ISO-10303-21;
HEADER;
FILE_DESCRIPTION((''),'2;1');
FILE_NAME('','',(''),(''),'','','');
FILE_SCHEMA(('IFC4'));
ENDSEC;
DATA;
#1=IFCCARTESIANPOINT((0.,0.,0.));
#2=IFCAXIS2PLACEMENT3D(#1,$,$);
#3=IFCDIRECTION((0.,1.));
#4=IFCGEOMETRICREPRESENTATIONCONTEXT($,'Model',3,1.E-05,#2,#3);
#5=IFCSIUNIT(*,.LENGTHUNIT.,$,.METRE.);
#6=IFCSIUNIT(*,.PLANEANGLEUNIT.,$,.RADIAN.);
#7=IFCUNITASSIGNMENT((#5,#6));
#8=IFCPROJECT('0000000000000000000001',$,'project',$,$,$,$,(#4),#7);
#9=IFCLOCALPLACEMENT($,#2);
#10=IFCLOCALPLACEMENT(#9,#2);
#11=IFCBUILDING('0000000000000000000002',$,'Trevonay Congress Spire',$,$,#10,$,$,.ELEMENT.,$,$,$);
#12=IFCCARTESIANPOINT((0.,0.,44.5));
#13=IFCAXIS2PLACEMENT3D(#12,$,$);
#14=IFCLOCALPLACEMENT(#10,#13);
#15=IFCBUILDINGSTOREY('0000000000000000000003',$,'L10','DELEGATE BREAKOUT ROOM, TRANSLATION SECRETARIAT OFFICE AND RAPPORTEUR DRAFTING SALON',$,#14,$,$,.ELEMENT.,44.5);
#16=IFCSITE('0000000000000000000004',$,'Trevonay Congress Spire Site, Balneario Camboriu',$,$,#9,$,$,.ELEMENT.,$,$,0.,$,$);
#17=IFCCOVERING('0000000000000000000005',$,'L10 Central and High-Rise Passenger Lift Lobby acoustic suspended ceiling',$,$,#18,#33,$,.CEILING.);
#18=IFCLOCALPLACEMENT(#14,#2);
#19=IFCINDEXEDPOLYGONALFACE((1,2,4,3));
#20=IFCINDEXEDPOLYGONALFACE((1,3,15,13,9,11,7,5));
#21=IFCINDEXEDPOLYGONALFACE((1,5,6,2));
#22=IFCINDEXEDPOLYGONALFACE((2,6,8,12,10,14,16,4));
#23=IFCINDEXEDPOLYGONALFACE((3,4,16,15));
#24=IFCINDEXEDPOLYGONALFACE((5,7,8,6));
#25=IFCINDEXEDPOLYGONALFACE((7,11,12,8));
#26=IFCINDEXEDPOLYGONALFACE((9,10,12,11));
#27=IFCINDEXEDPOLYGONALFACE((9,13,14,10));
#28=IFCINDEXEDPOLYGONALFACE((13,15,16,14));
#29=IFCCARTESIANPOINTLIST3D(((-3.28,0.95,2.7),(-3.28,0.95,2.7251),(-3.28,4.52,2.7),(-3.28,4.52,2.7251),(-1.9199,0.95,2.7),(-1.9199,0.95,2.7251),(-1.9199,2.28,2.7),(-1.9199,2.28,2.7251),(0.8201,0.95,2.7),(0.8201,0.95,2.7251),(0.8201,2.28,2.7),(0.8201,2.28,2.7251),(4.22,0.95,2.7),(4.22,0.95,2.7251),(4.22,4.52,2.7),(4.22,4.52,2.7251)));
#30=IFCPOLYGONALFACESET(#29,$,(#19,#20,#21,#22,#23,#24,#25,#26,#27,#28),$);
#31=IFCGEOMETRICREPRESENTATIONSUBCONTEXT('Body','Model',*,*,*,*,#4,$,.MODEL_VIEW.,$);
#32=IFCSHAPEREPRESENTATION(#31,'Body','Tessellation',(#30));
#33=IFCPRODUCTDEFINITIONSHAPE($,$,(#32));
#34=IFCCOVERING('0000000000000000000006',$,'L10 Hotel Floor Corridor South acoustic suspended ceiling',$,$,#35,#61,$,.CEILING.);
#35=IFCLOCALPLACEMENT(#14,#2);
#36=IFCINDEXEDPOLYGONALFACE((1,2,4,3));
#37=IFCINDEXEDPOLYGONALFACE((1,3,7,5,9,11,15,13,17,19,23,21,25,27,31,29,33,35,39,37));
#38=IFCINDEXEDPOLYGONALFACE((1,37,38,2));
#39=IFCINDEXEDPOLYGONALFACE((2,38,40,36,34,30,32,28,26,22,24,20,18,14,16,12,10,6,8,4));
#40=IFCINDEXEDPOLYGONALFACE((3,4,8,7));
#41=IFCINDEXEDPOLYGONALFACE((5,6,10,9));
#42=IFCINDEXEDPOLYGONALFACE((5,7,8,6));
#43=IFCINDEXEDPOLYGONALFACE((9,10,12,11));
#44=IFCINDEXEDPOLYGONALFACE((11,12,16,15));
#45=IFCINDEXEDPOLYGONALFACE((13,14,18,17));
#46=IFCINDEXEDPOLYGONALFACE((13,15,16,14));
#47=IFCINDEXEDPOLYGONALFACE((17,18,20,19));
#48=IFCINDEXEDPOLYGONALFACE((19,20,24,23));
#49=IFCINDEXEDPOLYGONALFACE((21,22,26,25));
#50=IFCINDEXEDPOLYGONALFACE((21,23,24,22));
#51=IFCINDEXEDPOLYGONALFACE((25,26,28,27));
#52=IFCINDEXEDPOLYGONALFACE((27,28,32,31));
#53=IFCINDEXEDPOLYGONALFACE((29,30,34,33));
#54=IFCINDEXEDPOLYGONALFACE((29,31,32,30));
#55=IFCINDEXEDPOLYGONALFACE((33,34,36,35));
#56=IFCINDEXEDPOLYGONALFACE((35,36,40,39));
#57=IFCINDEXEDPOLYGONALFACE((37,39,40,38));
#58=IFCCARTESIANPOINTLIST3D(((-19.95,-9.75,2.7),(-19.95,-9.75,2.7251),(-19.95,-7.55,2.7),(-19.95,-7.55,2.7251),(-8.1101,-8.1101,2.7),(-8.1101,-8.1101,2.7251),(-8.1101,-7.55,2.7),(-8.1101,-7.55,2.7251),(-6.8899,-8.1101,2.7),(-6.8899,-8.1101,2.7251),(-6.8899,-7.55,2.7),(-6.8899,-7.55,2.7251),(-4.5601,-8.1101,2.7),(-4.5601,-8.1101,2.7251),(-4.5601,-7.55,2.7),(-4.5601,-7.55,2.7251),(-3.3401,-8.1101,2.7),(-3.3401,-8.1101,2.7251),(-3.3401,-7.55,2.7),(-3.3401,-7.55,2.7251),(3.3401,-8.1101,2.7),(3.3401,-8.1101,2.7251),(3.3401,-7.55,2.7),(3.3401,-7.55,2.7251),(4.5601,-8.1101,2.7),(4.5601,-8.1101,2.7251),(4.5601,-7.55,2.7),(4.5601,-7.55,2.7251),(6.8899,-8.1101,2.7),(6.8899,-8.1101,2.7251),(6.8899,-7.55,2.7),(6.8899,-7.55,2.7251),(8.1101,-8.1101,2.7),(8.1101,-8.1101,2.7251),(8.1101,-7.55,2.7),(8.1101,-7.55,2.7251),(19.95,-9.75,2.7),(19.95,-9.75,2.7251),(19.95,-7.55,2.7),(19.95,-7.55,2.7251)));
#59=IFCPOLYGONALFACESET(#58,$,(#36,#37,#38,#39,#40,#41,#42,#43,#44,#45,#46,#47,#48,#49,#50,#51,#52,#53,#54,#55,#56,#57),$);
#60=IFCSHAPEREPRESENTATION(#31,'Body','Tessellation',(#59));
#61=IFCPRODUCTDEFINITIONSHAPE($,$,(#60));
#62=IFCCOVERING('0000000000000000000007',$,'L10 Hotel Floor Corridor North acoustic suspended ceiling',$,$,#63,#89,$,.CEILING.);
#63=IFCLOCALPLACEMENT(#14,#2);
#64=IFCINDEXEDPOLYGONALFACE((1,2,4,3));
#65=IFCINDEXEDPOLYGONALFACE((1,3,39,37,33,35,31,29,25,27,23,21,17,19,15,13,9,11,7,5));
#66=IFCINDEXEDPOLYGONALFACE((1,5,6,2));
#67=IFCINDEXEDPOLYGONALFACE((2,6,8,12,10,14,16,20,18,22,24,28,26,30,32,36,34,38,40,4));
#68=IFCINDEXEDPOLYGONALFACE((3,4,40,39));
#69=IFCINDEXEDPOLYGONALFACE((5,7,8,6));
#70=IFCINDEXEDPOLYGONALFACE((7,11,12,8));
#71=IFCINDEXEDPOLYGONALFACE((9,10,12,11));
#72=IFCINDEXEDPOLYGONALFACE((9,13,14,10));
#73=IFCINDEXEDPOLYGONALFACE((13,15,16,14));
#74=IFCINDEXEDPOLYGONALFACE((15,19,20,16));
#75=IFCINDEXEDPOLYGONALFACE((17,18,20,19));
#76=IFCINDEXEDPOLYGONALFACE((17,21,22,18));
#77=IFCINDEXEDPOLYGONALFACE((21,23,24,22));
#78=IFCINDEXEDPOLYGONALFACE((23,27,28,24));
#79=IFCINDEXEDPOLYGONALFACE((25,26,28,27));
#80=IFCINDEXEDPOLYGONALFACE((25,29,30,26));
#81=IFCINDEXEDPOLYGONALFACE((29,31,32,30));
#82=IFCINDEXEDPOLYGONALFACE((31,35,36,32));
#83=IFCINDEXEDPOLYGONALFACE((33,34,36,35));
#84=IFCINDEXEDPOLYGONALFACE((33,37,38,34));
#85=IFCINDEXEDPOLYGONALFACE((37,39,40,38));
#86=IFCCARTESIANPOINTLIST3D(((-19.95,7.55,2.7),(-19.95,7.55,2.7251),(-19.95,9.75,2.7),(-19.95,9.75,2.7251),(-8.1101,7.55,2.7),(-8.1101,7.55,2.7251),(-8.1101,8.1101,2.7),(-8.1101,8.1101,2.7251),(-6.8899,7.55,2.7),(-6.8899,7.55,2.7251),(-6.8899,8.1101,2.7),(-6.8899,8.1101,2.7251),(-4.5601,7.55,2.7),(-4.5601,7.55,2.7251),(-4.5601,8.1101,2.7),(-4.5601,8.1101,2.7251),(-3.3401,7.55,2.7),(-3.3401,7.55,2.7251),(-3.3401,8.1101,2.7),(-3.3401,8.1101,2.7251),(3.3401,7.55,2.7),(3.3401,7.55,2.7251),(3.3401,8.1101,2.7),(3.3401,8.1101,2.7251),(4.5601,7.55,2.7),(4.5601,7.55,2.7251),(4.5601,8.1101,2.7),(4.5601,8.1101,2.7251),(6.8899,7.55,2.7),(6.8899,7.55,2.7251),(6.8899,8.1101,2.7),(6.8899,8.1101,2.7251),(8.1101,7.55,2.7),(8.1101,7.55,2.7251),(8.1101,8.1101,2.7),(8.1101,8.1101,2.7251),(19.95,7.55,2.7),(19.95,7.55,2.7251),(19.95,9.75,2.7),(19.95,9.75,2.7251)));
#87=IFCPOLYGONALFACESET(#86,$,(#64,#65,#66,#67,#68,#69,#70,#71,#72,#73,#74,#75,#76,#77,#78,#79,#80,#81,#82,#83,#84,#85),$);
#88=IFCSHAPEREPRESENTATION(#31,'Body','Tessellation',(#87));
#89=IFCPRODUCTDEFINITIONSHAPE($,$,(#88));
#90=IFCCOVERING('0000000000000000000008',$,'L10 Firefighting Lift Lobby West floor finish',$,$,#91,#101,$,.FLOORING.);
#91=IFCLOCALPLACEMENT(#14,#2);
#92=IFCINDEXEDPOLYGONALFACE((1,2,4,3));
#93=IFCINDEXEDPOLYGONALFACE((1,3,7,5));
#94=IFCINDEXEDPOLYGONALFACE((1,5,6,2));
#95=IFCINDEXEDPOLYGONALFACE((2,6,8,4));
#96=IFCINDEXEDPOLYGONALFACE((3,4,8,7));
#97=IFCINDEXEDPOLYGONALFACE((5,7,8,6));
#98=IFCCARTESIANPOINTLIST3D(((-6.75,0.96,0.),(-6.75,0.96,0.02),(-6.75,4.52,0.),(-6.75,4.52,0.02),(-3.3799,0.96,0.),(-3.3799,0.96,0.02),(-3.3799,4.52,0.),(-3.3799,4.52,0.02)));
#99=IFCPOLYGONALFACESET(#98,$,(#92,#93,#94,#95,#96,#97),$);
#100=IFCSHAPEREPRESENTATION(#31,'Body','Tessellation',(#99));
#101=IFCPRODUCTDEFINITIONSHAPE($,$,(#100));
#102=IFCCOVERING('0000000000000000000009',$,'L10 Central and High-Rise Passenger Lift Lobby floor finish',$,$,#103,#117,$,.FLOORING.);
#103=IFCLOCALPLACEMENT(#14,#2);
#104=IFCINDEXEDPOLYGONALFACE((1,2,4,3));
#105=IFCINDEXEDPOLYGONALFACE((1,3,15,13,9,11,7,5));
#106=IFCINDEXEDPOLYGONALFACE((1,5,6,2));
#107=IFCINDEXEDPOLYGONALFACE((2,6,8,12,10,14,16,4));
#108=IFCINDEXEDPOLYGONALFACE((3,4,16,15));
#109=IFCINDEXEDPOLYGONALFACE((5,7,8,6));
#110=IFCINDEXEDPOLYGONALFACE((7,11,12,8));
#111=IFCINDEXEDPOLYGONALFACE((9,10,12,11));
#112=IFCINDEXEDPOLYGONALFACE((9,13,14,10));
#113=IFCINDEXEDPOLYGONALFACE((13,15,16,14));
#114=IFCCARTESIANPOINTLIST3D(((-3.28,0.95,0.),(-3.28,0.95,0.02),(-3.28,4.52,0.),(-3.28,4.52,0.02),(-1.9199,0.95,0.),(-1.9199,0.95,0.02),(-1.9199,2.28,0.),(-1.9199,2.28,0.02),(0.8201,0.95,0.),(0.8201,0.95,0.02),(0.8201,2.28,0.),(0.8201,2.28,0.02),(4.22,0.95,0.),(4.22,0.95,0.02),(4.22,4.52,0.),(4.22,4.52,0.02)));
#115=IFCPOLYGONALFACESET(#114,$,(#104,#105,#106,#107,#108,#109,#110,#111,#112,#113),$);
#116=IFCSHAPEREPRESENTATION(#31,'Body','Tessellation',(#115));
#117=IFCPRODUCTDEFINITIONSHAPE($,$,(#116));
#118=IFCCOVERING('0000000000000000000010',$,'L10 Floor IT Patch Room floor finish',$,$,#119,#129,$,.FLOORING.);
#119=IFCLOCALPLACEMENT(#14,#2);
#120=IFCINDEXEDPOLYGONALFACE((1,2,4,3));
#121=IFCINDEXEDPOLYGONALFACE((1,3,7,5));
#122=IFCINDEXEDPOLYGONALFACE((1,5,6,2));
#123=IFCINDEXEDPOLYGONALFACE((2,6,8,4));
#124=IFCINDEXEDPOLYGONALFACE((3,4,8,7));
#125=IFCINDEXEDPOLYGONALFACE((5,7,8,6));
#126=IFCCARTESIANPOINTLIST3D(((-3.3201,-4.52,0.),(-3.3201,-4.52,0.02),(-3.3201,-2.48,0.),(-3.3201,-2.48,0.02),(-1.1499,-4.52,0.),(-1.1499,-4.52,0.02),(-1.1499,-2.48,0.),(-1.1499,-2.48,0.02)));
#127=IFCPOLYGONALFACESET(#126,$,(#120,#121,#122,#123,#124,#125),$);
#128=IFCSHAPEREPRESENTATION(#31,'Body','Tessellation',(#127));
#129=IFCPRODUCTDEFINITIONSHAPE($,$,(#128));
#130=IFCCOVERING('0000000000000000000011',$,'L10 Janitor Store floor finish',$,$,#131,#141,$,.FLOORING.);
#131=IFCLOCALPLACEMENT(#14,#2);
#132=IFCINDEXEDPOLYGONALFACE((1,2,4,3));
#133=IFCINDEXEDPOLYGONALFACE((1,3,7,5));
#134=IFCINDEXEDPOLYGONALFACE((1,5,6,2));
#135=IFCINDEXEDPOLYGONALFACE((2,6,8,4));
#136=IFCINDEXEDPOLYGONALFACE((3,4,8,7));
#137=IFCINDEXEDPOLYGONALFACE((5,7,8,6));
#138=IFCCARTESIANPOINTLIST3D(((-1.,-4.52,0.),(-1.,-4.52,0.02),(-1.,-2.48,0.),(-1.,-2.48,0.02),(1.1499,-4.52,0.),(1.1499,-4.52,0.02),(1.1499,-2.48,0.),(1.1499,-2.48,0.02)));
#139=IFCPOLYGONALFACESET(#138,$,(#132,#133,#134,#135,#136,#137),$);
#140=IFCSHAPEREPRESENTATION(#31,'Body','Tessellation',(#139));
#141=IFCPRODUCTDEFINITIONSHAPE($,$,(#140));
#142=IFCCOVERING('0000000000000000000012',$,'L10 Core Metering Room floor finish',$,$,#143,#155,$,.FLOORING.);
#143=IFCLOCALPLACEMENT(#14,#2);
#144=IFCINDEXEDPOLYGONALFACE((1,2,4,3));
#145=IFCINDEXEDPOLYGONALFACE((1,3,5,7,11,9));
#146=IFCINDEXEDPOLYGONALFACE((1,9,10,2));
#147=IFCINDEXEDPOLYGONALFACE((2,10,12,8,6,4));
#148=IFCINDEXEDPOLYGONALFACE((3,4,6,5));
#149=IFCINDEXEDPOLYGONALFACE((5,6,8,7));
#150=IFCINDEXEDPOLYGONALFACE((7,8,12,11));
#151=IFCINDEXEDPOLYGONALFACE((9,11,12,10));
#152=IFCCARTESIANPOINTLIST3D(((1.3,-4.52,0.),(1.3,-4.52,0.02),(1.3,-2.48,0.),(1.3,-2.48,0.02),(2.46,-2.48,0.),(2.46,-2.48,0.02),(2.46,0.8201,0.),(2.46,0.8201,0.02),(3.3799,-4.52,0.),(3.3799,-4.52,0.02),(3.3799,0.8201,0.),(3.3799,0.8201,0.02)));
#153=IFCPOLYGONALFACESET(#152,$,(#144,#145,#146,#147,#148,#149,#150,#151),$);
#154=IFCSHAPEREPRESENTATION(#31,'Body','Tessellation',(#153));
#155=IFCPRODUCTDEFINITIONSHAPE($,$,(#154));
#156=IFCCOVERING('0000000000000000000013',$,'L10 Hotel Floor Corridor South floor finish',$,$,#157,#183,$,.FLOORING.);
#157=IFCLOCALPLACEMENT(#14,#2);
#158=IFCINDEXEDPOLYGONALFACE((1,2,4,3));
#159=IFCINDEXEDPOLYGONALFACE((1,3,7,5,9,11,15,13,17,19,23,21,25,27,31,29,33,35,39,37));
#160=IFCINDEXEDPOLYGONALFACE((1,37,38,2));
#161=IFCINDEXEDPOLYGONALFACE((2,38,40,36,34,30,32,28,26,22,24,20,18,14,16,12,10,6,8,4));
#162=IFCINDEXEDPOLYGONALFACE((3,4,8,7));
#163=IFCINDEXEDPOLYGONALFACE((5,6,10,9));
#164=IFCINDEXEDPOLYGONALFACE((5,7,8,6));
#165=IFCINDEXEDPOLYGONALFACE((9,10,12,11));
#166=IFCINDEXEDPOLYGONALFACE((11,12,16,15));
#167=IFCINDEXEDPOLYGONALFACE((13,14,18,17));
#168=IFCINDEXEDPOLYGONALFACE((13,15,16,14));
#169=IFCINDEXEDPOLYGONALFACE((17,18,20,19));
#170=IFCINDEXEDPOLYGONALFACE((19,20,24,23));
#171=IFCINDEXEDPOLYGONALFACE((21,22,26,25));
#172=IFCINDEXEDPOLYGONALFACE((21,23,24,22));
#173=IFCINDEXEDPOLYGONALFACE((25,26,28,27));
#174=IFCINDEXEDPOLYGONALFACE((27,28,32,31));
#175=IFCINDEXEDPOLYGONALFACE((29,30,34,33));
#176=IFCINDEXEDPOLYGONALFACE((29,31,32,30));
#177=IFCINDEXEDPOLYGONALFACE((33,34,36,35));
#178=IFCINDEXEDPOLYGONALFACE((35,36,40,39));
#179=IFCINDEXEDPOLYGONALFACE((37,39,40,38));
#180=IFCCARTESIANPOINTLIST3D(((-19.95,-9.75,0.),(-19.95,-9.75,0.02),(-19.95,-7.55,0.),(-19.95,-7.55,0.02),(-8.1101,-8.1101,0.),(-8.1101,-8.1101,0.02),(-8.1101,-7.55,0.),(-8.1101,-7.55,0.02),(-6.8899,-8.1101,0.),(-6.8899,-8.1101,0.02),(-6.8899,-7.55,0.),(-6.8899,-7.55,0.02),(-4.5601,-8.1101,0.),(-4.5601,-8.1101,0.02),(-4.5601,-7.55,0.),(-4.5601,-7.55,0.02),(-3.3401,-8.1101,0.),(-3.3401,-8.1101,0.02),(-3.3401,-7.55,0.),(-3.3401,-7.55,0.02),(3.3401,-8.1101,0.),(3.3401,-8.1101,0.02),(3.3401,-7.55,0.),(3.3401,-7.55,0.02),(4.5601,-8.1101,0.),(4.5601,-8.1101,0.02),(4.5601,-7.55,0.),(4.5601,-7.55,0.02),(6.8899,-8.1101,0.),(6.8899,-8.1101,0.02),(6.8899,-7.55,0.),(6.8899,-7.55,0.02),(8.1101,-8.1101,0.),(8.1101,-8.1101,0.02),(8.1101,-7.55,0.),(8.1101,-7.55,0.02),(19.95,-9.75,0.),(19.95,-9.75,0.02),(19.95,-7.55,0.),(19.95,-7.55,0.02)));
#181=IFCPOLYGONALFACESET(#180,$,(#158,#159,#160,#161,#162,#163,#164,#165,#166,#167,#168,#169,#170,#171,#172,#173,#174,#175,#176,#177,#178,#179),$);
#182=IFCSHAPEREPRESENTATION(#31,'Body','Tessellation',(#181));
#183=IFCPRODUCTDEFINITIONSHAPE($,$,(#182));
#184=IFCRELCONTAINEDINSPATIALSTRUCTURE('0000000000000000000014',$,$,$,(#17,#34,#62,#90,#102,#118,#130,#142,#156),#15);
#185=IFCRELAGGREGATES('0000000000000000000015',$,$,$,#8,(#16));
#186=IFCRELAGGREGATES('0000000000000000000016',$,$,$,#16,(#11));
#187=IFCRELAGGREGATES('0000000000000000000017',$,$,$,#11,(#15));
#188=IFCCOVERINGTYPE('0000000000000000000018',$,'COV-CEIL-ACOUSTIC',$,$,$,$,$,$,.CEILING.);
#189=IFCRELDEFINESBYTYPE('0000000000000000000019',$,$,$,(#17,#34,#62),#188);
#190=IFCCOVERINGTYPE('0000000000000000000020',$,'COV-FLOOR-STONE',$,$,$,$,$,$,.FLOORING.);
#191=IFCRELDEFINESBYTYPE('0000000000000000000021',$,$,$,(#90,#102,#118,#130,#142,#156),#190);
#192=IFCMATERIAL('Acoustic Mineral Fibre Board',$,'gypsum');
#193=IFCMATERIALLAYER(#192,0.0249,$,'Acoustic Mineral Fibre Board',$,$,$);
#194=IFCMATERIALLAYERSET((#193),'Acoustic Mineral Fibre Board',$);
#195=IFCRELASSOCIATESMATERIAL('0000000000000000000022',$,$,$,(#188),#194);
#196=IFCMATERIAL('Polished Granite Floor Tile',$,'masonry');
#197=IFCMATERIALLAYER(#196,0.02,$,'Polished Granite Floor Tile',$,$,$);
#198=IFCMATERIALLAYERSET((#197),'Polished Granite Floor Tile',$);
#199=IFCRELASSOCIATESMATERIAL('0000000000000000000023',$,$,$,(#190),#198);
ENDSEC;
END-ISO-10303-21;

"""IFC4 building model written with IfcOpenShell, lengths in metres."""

from ifc_helpers import new_model, si_unit, direction, frame, origin, place, context, subcontext, project, spatial, polyline, outline, extrude, material, layer, layer_set, type_object, element, save


model = new_model("IFC4")

# Units and contexts
model_context = context("Model", 3, precision=1e-05, world=origin(), true_north=direction((0.0, 1.0)))
body_context = subcontext(model_context, "Body", "Model", "MODEL_VIEW")
ifc_project = project(units=[si_unit("LENGTHUNIT", "METRE"), si_unit("PLANEANGLEUNIT", "RADIAN")], contexts=[model_context])

# Site, building, storey
site_placement = place(None, origin())
site = spatial("IfcSite", under=ifc_project, at=site_placement, Name="Trevonay Congress Spire Site, Balneario Camboriu", CompositionType="ELEMENT", RefElevation=0.0)
building_placement = place(site_placement, origin())
building = spatial("IfcBuilding", under=site, at=building_placement, Name="Trevonay Congress Spire", CompositionType="ELEMENT")
storey_placement = place(building_placement, frame((0.0, 0.0, 44.5)))
storey = spatial("IfcBuildingStorey", under=building, at=storey_placement, Name="L10", Description="DELEGATE BREAKOUT ROOM, TRANSLATION SECRETARIAT OFFICE AND RAPPORTEUR DRAFTING SALON", CompositionType="ELEMENT", Elevation=44.5)

# Coverings
ifc_material_1 = material(Name="Acoustic Mineral Fibre Board", Category="gypsum")
ifc_layer_1 = layer(ifc_material_1, 0.0249, Name="Acoustic Mineral Fibre Board")
ifc_layer_set_1 = layer_set([ifc_layer_1], Name="Acoustic Mineral Fibre Board")
covering_type_1 = type_object("IfcCoveringType", Name="COV-CEIL-ACOUSTIC", PredefinedType="CEILING", material=ifc_layer_set_1)
covering_1_placement = place(storey_placement, frame((0.0, 0.0, 2.7)))
element("IfcCovering", 1, at=covering_1_placement, inside=storey, type_object=covering_type_1, Name="L10 Central and High-Rise Passenger Lift Lobby acoustic suspended ceiling", PredefinedType="CEILING", context=body_context, shape_type="SweptSolid", body=[
    extrude(outline(polyline([(-3.28, 0.95), (-1.9199, 0.95), (-1.9199, 2.28), (0.8201, 2.28), (0.8201, 0.95), (4.22, 0.95), (4.22, 4.52), (-3.28, 4.52), (-3.28, 0.95)])), origin(), (0.0, 0.0, 1.0), 0.0251),
])
covering_2_placement = place(storey_placement, frame((0.0, 0.0, 2.7)))
element("IfcCovering", 2, at=covering_2_placement, inside=storey, type_object=covering_type_1, Name="L10 Hotel Floor Corridor South acoustic suspended ceiling", PredefinedType="CEILING", context=body_context, shape_type="SweptSolid", body=[
    extrude(outline(polyline([(19.95, -7.55), (19.95, -9.75), (-19.95, -9.75), (-19.95, -7.55), (-8.1101, -7.55), (-8.1101, -8.1101), (-6.8899, -8.1101), (-6.8899, -7.55), (-4.5601, -7.55), (-4.5601, -8.1101), (-3.3401, -8.1101), (-3.3401, -7.55), (3.3401, -7.55), (3.3401, -8.1101), (4.5601, -8.1101), (4.5601, -7.55), (6.8899, -7.55), (6.8899, -8.1101), (8.1101, -8.1101), (8.1101, -7.55), (19.95, -7.55)])), origin(), (0.0, 0.0, 1.0), 0.0251),
])
covering_3_placement = place(storey_placement, frame((0.0, 0.0, 2.7)))
element("IfcCovering", 3, at=covering_3_placement, inside=storey, type_object=covering_type_1, Name="L10 Hotel Floor Corridor North acoustic suspended ceiling", PredefinedType="CEILING", context=body_context, shape_type="SweptSolid", body=[
    extrude(outline(polyline([(-19.95, 7.55), (-19.95, 9.75), (19.95, 9.75), (19.95, 7.55), (8.1101, 7.55), (8.1101, 8.1101), (6.8899, 8.1101), (6.8899, 7.55), (4.5601, 7.55), (4.5601, 8.1101), (3.3401, 8.1101), (3.3401, 7.55), (-3.3401, 7.55), (-3.3401, 8.1101), (-4.5601, 8.1101), (-4.5601, 7.55), (-6.8899, 7.55), (-6.8899, 8.1101), (-8.1101, 8.1101), (-8.1101, 7.55), (-19.95, 7.55)])), origin(), (0.0, 0.0, 1.0), 0.0251),
])
ifc_material_2 = material(Name="Polished Granite Floor Tile", Category="masonry")
ifc_layer_2 = layer(ifc_material_2, 0.02, Name="Polished Granite Floor Tile")
ifc_layer_set_2 = layer_set([ifc_layer_2], Name="Polished Granite Floor Tile")
covering_type_2 = type_object("IfcCoveringType", Name="COV-FLOOR-STONE", PredefinedType="FLOORING", material=ifc_layer_set_2)
covering_4_placement = place(storey_placement, origin())
element("IfcCovering", 4, at=covering_4_placement, inside=storey, type_object=covering_type_2, Name="L10 Firefighting Lift Lobby West floor finish", PredefinedType="FLOORING", context=body_context, shape_type="SweptSolid", body=[
    extrude(outline(polyline([(-6.75, 0.96), (-3.3799, 0.96), (-3.3799, 4.52), (-6.75, 4.52), (-6.75, 0.96)])), origin(), (0.0, 0.0, 1.0), 0.02),
])
covering_5_placement = place(storey_placement, origin())
element("IfcCovering", 5, at=covering_5_placement, inside=storey, type_object=covering_type_2, Name="L10 Central and High-Rise Passenger Lift Lobby floor finish", PredefinedType="FLOORING", context=body_context, shape_type="SweptSolid", body=[
    extrude(outline(polyline([(-3.28, 0.95), (-1.9199, 0.95), (-1.9199, 2.28), (0.8201, 2.28), (0.8201, 0.95), (4.22, 0.95), (4.22, 4.52), (-3.28, 4.52), (-3.28, 0.95)])), origin(), (0.0, 0.0, 1.0), 0.02),
])
covering_6_placement = place(storey_placement, origin())
element("IfcCovering", 6, at=covering_6_placement, inside=storey, type_object=covering_type_2, Name="L10 Floor IT Patch Room floor finish", PredefinedType="FLOORING", context=body_context, shape_type="SweptSolid", body=[
    extrude(outline(polyline([(-3.3201, -4.52), (-1.1499, -4.52), (-1.1499, -2.48), (-3.3201, -2.48), (-3.3201, -4.52)])), origin(), (0.0, 0.0, 1.0), 0.02),
])
covering_7_placement = place(storey_placement, origin())
element("IfcCovering", 7, at=covering_7_placement, inside=storey, type_object=covering_type_2, Name="L10 Janitor Store floor finish", PredefinedType="FLOORING", context=body_context, shape_type="SweptSolid", body=[
    extrude(outline(polyline([(-1.0, -4.52), (1.1499, -4.52), (1.1499, -2.48), (-1.0, -2.48), (-1.0, -4.52)])), origin(), (0.0, 0.0, 1.0), 0.02),
])
covering_8_placement = place(storey_placement, origin())
element("IfcCovering", 8, at=covering_8_placement, inside=storey, type_object=covering_type_2, Name="L10 Core Metering Room floor finish", PredefinedType="FLOORING", context=body_context, shape_type="SweptSolid", body=[
    extrude(outline(polyline([(1.3, -4.52), (3.3799, -4.52), (3.3799, 0.8201), (2.46, 0.8201), (2.46, -2.48), (1.3, -2.48), (1.3, -4.52)])), origin(), (0.0, 0.0, 1.0), 0.02),
])
covering_9_placement = place(storey_placement, origin())
element("IfcCovering", 9, at=covering_9_placement, inside=storey, type_object=covering_type_2, Name="L10 Hotel Floor Corridor South floor finish", PredefinedType="FLOORING", context=body_context, shape_type="SweptSolid", body=[
    extrude(outline(polyline([(19.95, -7.55), (19.95, -9.75), (-19.95, -9.75), (-19.95, -7.55), (-8.1101, -7.55), (-8.1101, -8.1101), (-6.8899, -8.1101), (-6.8899, -7.55), (-4.5601, -7.55), (-4.5601, -8.1101), (-3.3401, -8.1101), (-3.3401, -7.55), (3.3401, -7.55), (3.3401, -8.1101), (4.5601, -8.1101), (4.5601, -7.55), (6.8899, -7.55), (6.8899, -8.1101), (8.1101, -8.1101), (8.1101, -7.55), (19.95, -7.55)])), origin(), (0.0, 0.0, 1.0), 0.02),
])

save(model, "model.ifc")
